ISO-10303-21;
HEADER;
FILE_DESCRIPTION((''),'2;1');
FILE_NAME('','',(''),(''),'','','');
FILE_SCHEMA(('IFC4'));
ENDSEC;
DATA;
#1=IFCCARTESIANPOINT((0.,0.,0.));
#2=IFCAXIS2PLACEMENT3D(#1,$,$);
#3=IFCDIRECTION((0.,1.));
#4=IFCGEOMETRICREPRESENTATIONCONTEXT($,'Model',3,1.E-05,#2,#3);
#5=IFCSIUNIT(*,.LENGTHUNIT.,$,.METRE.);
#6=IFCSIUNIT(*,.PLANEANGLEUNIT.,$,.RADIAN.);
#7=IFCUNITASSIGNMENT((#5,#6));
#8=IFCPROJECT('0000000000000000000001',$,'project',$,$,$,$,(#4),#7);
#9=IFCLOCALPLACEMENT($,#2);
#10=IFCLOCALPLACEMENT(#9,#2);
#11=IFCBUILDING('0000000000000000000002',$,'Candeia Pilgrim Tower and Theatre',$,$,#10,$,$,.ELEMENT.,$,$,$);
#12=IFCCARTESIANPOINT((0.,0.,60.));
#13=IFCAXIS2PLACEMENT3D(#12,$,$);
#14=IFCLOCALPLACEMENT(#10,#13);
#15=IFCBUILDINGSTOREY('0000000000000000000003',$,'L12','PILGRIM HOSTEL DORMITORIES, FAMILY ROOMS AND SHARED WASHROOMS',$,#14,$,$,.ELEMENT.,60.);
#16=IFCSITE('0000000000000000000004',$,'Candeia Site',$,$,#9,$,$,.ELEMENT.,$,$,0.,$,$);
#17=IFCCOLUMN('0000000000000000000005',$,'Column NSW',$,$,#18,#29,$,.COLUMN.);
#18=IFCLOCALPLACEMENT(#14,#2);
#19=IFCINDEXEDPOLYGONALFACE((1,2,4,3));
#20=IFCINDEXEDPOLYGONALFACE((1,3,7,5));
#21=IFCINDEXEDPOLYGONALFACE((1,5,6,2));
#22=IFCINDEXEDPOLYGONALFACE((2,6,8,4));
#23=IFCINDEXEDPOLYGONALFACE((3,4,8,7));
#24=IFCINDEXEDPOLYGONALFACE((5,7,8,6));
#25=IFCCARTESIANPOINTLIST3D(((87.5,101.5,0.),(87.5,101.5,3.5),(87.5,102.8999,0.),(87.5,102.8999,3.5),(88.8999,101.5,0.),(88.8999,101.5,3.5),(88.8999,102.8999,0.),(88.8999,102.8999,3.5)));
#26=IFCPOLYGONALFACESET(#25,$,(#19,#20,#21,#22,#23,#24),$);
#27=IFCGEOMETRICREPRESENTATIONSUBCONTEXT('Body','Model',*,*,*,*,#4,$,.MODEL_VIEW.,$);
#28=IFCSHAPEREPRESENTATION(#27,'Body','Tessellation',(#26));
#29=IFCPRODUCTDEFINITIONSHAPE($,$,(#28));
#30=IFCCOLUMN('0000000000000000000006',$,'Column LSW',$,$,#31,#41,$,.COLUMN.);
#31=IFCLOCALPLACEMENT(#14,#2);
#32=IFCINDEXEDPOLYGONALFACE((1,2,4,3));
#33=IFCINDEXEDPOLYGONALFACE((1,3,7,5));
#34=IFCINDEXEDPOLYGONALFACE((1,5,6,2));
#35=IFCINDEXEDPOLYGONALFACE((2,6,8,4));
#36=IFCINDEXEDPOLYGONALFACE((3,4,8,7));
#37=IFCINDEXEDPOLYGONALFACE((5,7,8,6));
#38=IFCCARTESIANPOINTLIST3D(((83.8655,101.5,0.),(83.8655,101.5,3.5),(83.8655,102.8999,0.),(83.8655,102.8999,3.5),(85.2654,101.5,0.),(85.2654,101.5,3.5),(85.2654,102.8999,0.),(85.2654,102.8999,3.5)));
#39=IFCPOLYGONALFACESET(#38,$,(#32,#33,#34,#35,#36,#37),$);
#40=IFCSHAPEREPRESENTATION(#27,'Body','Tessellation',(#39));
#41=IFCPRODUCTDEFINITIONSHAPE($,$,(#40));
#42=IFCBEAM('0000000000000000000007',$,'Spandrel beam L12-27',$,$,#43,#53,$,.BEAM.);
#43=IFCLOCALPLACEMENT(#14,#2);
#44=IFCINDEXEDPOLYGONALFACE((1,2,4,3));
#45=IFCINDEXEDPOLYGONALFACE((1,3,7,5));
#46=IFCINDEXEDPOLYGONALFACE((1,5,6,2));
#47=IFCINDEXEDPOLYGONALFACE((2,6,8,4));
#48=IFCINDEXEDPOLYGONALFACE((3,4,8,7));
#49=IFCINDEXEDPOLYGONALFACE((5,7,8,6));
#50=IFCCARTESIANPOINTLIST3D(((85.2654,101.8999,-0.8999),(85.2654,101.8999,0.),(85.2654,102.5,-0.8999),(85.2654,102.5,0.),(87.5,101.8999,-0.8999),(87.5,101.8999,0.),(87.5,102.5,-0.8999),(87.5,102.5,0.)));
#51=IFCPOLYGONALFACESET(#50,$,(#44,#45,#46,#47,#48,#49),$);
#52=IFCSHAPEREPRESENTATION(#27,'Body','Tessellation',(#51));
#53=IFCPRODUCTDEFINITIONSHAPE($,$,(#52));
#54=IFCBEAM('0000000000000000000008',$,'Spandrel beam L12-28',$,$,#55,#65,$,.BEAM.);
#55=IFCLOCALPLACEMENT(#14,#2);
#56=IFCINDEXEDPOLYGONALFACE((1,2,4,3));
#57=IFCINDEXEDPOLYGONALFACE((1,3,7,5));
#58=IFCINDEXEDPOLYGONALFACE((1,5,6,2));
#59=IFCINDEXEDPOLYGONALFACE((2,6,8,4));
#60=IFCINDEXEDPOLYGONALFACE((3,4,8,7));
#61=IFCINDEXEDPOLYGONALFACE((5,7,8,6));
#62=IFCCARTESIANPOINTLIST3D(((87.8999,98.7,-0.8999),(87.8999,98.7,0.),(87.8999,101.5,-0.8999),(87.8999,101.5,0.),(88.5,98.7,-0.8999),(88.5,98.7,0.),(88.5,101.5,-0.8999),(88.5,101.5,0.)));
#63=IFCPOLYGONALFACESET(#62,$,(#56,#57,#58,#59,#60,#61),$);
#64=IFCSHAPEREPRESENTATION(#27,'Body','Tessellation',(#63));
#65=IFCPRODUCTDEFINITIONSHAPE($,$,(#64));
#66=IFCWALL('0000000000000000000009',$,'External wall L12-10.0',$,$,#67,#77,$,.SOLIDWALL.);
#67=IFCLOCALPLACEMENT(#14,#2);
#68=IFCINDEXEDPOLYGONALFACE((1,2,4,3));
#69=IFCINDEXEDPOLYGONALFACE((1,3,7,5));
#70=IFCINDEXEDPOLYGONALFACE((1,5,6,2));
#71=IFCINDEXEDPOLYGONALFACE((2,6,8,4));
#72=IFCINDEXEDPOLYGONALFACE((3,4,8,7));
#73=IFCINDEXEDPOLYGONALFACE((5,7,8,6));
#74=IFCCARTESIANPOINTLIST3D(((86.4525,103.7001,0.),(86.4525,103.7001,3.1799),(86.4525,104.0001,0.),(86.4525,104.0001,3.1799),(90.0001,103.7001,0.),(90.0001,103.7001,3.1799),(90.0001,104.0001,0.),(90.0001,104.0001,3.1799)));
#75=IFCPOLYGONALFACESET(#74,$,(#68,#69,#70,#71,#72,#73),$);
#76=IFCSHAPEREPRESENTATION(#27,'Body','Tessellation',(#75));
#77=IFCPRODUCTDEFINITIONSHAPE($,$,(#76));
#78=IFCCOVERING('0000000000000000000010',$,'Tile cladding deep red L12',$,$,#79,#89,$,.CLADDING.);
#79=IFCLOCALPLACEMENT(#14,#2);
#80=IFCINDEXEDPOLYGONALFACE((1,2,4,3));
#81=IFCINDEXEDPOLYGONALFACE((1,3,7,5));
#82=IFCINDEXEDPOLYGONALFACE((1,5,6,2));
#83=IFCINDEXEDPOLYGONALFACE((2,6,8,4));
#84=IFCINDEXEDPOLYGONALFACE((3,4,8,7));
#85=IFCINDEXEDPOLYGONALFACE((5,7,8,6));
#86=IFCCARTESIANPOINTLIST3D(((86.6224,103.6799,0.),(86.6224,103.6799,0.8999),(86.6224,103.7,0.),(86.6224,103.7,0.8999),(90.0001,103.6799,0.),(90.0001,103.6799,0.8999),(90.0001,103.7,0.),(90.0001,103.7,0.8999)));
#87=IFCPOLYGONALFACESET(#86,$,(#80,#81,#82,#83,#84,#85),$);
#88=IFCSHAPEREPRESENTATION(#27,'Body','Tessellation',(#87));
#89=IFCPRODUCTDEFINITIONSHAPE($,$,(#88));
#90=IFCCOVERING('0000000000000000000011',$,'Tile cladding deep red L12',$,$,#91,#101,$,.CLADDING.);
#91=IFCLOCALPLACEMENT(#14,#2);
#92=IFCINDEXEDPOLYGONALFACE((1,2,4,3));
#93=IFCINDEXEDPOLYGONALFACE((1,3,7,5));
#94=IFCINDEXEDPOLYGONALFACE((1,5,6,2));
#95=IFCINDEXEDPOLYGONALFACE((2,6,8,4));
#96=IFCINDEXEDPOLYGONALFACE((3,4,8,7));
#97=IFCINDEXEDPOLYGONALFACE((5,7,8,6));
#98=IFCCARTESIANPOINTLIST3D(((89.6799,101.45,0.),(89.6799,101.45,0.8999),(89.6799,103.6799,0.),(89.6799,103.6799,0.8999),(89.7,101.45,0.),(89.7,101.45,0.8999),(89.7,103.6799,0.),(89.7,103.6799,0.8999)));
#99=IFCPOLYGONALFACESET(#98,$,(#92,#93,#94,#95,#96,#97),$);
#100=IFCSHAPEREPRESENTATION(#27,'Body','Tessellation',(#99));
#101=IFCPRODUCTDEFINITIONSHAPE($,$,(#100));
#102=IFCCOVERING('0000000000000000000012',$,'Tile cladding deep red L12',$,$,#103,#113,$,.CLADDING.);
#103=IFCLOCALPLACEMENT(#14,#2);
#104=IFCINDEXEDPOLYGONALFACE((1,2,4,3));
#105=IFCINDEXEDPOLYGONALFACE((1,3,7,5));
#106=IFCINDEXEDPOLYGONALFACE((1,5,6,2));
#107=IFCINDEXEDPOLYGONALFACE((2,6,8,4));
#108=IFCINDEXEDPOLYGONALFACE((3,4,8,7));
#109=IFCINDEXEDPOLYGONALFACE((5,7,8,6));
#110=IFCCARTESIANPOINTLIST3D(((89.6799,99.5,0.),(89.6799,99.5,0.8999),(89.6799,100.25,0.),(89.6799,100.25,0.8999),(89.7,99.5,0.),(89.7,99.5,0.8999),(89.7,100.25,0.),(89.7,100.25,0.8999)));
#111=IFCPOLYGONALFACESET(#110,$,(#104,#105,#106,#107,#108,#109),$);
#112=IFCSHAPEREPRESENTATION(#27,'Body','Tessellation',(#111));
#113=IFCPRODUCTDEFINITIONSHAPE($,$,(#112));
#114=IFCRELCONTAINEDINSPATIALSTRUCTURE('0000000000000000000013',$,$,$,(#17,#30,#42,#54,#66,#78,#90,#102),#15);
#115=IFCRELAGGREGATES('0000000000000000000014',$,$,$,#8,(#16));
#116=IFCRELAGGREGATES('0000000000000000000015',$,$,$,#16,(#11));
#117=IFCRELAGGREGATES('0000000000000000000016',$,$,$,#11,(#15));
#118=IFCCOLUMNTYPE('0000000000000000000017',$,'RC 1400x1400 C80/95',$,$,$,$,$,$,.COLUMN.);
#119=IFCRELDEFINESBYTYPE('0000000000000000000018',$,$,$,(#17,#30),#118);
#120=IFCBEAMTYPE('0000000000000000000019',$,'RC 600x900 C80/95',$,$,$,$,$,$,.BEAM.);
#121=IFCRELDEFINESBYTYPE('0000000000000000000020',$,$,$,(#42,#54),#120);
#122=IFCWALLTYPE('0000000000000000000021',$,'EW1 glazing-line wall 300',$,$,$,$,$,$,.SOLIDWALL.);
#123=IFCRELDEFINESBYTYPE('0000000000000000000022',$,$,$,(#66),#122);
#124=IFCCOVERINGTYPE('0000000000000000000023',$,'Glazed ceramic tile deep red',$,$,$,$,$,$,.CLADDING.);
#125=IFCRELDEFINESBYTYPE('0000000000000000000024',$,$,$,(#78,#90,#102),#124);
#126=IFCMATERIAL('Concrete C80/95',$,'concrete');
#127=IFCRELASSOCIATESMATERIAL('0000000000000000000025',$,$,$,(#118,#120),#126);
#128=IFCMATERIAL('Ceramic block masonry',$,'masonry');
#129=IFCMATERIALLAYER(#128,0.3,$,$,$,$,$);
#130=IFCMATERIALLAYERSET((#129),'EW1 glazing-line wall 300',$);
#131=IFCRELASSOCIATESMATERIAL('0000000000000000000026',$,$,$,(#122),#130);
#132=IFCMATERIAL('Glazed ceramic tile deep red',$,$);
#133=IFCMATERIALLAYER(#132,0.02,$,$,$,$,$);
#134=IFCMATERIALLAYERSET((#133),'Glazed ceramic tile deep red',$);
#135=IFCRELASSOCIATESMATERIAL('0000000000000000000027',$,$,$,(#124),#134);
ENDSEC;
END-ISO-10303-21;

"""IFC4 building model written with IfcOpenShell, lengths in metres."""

from ifc_helpers import new_model, si_unit, direction, frame, frame_2d, origin, origin_2d, place, context, subcontext, project, spatial, rectangle, extrude, material, layer, layer_set, material_profile, profile_set, type_object, element, save


model = new_model("IFC4")

# Units and contexts
model_context = context("Model", 3, precision=1e-05, world=origin(), true_north=direction((0.0, 1.0)))
body_context = subcontext(model_context, "Body", "Model", "MODEL_VIEW")
ifc_project = project(units=[si_unit("LENGTHUNIT", "METRE"), si_unit("PLANEANGLEUNIT", "RADIAN")], contexts=[model_context])

# Site, building, storey
site_placement = place(None, origin())
site = spatial("IfcSite", under=ifc_project, at=site_placement, Name="Candeia Site", CompositionType="ELEMENT", RefElevation=0.0)
building_placement = place(site_placement, origin())
building = spatial("IfcBuilding", under=site, at=building_placement, Name="Candeia Pilgrim Tower and Theatre", CompositionType="ELEMENT")
storey_placement = place(building_placement, frame((0.0, 0.0, 60.0)))
storey = spatial("IfcBuildingStorey", under=building, at=storey_placement, Name="L12", Description="PILGRIM HOSTEL DORMITORIES, FAMILY ROOMS AND SHARED WASHROOMS", CompositionType="ELEMENT", Elevation=60.0)

# Columns
ifc_material_1 = material(Name="Concrete C80/95", Category="concrete")
ifc_material_profile_1 = material_profile(ifc_material_1, rectangle(XDim=1.3999, YDim=1.3999, at=origin_2d()))
ifc_profile_set_1 = profile_set([ifc_material_profile_1], Name="Concrete C80/95")
column_type = type_object("IfcColumnType", Name="RC 1400x1400 C80/95", PredefinedType="COLUMN", material=ifc_profile_set_1)
for number, where, z_axis, x_axis, name in (
    (1, (88.2, 102.2, 0.0), (0.0, 0.0, 1.0), (1.0, 0.0, 0.0), "Column NSW"),
    (2, (84.5654, 102.2, 0.0), (0.0, 0.0, 1.0), (1.0, 0.0, 0.0), "Column LSW"),
):
    element("IfcColumn", number, at=place(storey_placement, frame(where, z_axis=z_axis, x_axis=x_axis)), inside=storey, type_object=column_type, Name=name, PredefinedType="COLUMN", context=body_context, shape_type="SweptSolid", body=[
        extrude(rectangle(XDim=1.3999, YDim=1.3999, at=origin_2d()), origin(), (0.0, 0.0, 1.0), 3.5),
    ])

# Beams
ifc_material_profile_2 = material_profile(ifc_material_1, rectangle(XDim=0.6001, YDim=0.8999, at=origin_2d()))
ifc_profile_set_2 = profile_set([ifc_material_profile_2], Name="Concrete C80/95")
beam_type = type_object("IfcBeamType", Name="RC 600x900 C80/95", PredefinedType="BEAM", material=ifc_profile_set_2)
beam_1_placement = place(storey_placement, frame((85.2654, 102.2, -0.45), z_axis=(1.0, 0.0, 0.0), x_axis=(0.0, 1.0, 0.0)))
element("IfcBeam", 3, at=beam_1_placement, inside=storey, type_object=beam_type, Name="Spandrel beam L12-27", PredefinedType="BEAM", context=body_context, shape_type="SweptSolid", body=[
    extrude(rectangle(XDim=0.6001, YDim=0.8999, at=origin_2d()), origin(), (0.0, 0.0, 1.0), 2.2346),
])
beam_2_placement = place(storey_placement, frame((88.2, 101.5, -0.45), z_axis=(0.0, -1.0, 0.0), x_axis=(1.0, 0.0, 0.0)))
element("IfcBeam", 4, at=beam_2_placement, inside=storey, type_object=beam_type, Name="Spandrel beam L12-28", PredefinedType="BEAM", context=body_context, shape_type="SweptSolid", body=[
    extrude(rectangle(XDim=0.6001, YDim=0.8999, at=origin_2d()), origin(), (0.0, 0.0, 1.0), 2.8),
])

# Wall
ifc_material_2 = material(Name="Ceramic block masonry", Category="masonry")
ifc_layer_1 = layer(ifc_material_2, 0.3)
ifc_layer_set_1 = layer_set([ifc_layer_1], Name="EW1 glazing-line wall 300")
wall_type = type_object("IfcWallType", Name="EW1 glazing-line wall 300", PredefinedType="SOLIDWALL", material=ifc_layer_set_1)
wall_placement = place(storey_placement, frame((86.4524, 103.8501, 0.0), z_axis=(0.0, 0.0, 1.0), x_axis=(1.0, 0.0, 0.0)))
element("IfcWall", 5, at=wall_placement, inside=storey, type_object=wall_type, Name="External wall L12-10.0", PredefinedType="SOLIDWALL", context=body_context, shape_type="SweptSolid", body=[
    extrude(rectangle(XDim=3.5476, YDim=0.3, at=frame_2d((1.7739, 0.0))), origin(), (0.0, 0.0, 1.0), 3.1799),
])

# Coverings
ifc_material_3 = material(Name="Glazed ceramic tile deep red")
ifc_layer_2 = layer(ifc_material_3, 0.02)
ifc_layer_set_2 = layer_set([ifc_layer_2], Name="Glazed ceramic tile deep red")
covering_type = type_object("IfcCoveringType", Name="Glazed ceramic tile deep red", PredefinedType="CLADDING", material=ifc_layer_set_2)
covering_1_placement = place(storey_placement, frame((88.3113, 103.6899, 0.0), z_axis=(0.0, 0.0, 1.0), x_axis=(1.0, 0.0, 0.0)))
element("IfcCovering", 6, at=covering_1_placement, inside=storey, type_object=covering_type, Name="Tile cladding deep red L12", PredefinedType="CLADDING", context=body_context, shape_type="SweptSolid", body=[
    extrude(rectangle(XDim=3.3777, YDim=0.02, at=origin_2d()), origin(), (0.0, 0.0, 1.0), 0.8999),
])
covering_2_placement = place(storey_placement, frame((89.6899, 102.5649, 0.0), z_axis=(0.0, 0.0, 1.0), x_axis=(0.0, -1.0, 0.0)))
element("IfcCovering", 7, at=covering_2_placement, inside=storey, type_object=covering_type, Name="Tile cladding deep red L12", PredefinedType="CLADDING", context=body_context, shape_type="SweptSolid", body=[
    extrude(rectangle(XDim=2.23, YDim=0.02, at=origin_2d()), origin(), (0.0, 0.0, 1.0), 0.8999),
])
covering_3_placement = place(storey_placement, frame((89.6899, 99.875, 0.0), z_axis=(0.0, 0.0, 1.0), x_axis=(0.0, -1.0, 0.0)))
element("IfcCovering", 8, at=covering_3_placement, inside=storey, type_object=covering_type, Name="Tile cladding deep red L12", PredefinedType="CLADDING", context=body_context, shape_type="SweptSolid", body=[
    extrude(rectangle(XDim=0.75, YDim=0.02, at=origin_2d()), origin(), (0.0, 0.0, 1.0), 0.8999),
])

save(model, "model.ifc")
